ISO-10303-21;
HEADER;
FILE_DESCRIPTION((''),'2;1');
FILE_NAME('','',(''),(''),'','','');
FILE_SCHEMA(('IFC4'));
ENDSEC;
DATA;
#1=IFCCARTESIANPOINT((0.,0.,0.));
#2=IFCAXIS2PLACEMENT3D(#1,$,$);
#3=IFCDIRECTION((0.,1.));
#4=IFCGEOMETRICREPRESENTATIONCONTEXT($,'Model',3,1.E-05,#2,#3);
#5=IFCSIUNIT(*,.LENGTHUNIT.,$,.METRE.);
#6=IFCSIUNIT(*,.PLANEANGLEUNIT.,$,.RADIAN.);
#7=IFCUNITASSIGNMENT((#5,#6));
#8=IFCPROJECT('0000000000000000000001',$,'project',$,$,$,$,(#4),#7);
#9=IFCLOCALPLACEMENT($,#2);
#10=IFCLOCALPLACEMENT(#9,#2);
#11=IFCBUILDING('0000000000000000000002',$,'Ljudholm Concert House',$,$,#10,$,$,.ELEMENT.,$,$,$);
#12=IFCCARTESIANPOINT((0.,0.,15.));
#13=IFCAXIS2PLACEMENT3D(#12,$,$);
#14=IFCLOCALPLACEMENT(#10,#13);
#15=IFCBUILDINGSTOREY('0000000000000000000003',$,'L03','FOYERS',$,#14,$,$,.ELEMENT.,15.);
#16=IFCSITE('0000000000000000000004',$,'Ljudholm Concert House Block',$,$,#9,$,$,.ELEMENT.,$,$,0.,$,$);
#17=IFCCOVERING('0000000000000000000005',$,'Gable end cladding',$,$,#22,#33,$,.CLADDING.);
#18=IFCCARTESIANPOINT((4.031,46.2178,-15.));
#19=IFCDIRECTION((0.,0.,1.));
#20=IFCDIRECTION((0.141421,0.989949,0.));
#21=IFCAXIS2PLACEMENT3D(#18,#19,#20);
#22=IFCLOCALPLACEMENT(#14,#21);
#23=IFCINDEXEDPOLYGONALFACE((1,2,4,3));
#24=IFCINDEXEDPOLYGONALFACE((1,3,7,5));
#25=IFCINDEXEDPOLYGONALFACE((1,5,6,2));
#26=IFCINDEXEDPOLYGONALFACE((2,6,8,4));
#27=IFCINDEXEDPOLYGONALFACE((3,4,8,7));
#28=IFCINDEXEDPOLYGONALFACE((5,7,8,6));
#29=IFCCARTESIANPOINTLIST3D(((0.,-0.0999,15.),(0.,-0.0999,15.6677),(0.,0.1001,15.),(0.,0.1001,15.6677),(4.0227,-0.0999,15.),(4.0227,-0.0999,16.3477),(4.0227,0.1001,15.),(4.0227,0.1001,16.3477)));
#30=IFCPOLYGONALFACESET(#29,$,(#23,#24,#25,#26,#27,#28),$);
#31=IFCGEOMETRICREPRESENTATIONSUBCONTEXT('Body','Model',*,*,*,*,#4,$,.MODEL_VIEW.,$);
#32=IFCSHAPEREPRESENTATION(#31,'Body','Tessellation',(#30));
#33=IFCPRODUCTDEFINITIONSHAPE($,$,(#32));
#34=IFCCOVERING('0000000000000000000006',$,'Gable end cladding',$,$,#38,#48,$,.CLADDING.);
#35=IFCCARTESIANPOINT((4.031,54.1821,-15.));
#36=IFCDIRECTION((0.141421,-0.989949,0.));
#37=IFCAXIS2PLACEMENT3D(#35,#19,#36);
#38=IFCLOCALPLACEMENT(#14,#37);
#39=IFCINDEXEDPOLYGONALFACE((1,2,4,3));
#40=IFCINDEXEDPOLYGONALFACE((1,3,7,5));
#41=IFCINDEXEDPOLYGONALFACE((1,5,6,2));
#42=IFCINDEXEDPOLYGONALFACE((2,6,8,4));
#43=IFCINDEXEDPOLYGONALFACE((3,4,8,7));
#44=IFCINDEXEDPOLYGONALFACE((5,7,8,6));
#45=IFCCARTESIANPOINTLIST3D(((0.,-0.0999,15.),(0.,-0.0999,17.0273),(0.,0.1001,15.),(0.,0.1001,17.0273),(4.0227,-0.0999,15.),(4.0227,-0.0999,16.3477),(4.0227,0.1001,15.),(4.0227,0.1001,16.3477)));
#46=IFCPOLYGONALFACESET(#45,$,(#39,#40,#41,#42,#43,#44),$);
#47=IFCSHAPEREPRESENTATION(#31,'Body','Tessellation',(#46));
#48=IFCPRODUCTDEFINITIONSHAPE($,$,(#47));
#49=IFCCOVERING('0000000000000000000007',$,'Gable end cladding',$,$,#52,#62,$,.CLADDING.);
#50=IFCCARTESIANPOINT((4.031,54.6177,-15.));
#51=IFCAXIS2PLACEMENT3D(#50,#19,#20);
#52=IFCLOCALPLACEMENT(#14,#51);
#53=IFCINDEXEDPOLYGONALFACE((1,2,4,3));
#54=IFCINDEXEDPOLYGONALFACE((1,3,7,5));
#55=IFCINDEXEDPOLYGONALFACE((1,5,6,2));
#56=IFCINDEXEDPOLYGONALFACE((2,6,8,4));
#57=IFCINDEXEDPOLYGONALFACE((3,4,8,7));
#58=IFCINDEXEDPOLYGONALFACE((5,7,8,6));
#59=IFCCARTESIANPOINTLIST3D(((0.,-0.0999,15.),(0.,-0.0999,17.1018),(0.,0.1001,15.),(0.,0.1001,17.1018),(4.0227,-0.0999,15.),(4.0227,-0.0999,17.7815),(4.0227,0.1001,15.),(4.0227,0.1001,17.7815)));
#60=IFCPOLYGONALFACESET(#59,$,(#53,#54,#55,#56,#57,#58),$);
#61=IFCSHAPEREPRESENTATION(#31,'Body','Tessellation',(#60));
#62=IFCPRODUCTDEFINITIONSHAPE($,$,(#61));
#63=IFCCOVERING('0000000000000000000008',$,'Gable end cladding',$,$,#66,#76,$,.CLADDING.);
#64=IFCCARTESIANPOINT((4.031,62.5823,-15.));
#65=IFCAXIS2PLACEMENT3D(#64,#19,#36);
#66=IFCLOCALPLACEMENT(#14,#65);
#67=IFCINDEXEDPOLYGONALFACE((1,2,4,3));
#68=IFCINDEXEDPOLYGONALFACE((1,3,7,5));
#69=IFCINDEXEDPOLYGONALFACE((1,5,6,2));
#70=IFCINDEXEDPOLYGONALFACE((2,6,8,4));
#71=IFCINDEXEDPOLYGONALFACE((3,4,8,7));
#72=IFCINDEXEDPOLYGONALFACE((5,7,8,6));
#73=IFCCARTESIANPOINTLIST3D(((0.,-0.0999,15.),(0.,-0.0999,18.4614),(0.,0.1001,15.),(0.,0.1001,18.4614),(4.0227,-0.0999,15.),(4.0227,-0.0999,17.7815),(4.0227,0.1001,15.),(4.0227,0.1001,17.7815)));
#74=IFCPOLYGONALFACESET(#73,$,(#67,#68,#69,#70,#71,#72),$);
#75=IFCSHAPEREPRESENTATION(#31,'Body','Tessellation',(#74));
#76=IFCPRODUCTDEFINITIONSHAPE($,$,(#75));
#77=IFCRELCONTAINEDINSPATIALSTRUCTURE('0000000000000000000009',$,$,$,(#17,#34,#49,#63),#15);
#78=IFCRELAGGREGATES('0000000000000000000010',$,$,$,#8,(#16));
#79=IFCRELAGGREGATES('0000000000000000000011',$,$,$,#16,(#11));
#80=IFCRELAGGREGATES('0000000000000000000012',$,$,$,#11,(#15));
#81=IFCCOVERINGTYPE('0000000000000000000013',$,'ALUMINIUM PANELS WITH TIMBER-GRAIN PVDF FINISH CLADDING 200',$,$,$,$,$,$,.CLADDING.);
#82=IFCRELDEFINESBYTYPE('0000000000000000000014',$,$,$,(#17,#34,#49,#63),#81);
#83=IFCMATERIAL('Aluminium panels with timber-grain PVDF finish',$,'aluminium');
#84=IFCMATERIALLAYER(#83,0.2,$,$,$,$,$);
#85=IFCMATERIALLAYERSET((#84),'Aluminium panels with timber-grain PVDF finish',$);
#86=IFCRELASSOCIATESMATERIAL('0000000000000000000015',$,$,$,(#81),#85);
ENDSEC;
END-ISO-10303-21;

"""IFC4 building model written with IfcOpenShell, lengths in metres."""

from ifc_helpers import new_model, si_unit, direction, frame, origin, place, context, subcontext, project, spatial, polyline, outline, extrude, material, layer, layer_set, type_object, element, save


model = new_model("IFC4")

# Units and contexts
model_context = context("Model", 3, precision=1e-05, world=origin(), true_north=direction((0.0, 1.0)))
body_context = subcontext(model_context, "Body", "Model", "MODEL_VIEW")
ifc_project = project(units=[si_unit("LENGTHUNIT", "METRE"), si_unit("PLANEANGLEUNIT", "RADIAN")], contexts=[model_context])

# Site, building, storey
site_placement = place(None, origin())
site = spatial("IfcSite", under=ifc_project, at=site_placement, Name="Ljudholm Concert House Block", CompositionType="ELEMENT", RefElevation=0.0)
building_placement = place(site_placement, origin())
building = spatial("IfcBuilding", under=site, at=building_placement, Name="Ljudholm Concert House", CompositionType="ELEMENT")
storey_placement = place(building_placement, frame((0.0, 0.0, 15.0)))
storey = spatial("IfcBuildingStorey", under=building, at=storey_placement, Name="L03", Description="FOYERS", CompositionType="ELEMENT", Elevation=15.0)

# Coverings
ifc_material_1 = material(Name="Aluminium panels with timber-grain PVDF finish", Category="aluminium")
ifc_layer_1 = layer(ifc_material_1, 0.2)
ifc_layer_set_1 = layer_set([ifc_layer_1], Name="Aluminium panels with timber-grain PVDF finish")
covering_type = type_object("IfcCoveringType", Name="ALUMINIUM PANELS WITH TIMBER-GRAIN PVDF FINISH CLADDING 200", PredefinedType="CLADDING", material=ifc_layer_set_1)
covering_1_placement = place(storey_placement, frame((4.031, 46.2178, -15.0), z_axis=(0.0, 0.0, 1.0), x_axis=(0.141421, 0.989949, 0.0)))
element("IfcCovering", 1, at=covering_1_placement, inside=storey, type_object=covering_type, Name="Gable end cladding", PredefinedType="CLADDING", context=body_context, shape_type="SweptSolid", body=[
    extrude(outline(polyline([(0.0, 15.0), (4.0227, 15.0), (4.0227, 16.3477), (0.0, 15.6677), (0.0, 15.0)])), frame((0.0, 0.1001, 0.0), z_axis=(0.0, -1.0, 0.0), x_axis=(1.0, 0.0, 0.0)), (0.0, 0.0, 1.0), 0.2),
])
covering_2_placement = place(storey_placement, frame((4.031, 54.1821, -15.0), z_axis=(0.0, 0.0, 1.0), x_axis=(0.141421, -0.989949, 0.0)))
element("IfcCovering", 2, at=covering_2_placement, inside=storey, type_object=covering_type, Name="Gable end cladding", PredefinedType="CLADDING", context=body_context, shape_type="SweptSolid", body=[
    extrude(outline(polyline([(0.0, 15.0), (4.0227, 15.0), (4.0227, 16.3477), (0.0, 17.0273), (0.0, 15.0)])), frame((0.0, 0.1001, 0.0), z_axis=(0.0, -1.0, 0.0), x_axis=(1.0, 0.0, 0.0)), (0.0, 0.0, 1.0), 0.2),
])
covering_3_placement = place(storey_placement, frame((4.031, 54.6177, -15.0), z_axis=(0.0, 0.0, 1.0), x_axis=(0.141421, 0.989949, 0.0)))
element("IfcCovering", 3, at=covering_3_placement, inside=storey, type_object=covering_type, Name="Gable end cladding", PredefinedType="CLADDING", context=body_context, shape_type="SweptSolid", body=[
    extrude(outline(polyline([(0.0, 15.0), (4.0227, 15.0), (4.0227, 17.7815), (0.0, 17.1018), (0.0, 15.0)])), frame((0.0, 0.1001, 0.0), z_axis=(0.0, -1.0, 0.0), x_axis=(1.0, 0.0, 0.0)), (0.0, 0.0, 1.0), 0.2),
])
covering_4_placement = place(storey_placement, frame((4.031, 62.5823, -15.0), z_axis=(0.0, 0.0, 1.0), x_axis=(0.141421, -0.989949, 0.0)))
element("IfcCovering", 4, at=covering_4_placement, inside=storey, type_object=covering_type, Name="Gable end cladding", PredefinedType="CLADDING", context=body_context, shape_type="SweptSolid", body=[
    extrude(outline(polyline([(0.0, 15.0), (4.0227, 15.0), (4.0227, 17.7815), (0.0, 18.4614), (0.0, 15.0)])), frame((0.0, 0.1001, 0.0), z_axis=(0.0, -1.0, 0.0), x_axis=(1.0, 0.0, 0.0)), (0.0, 0.0, 1.0), 0.2),
])

save(model, "model.ifc")
